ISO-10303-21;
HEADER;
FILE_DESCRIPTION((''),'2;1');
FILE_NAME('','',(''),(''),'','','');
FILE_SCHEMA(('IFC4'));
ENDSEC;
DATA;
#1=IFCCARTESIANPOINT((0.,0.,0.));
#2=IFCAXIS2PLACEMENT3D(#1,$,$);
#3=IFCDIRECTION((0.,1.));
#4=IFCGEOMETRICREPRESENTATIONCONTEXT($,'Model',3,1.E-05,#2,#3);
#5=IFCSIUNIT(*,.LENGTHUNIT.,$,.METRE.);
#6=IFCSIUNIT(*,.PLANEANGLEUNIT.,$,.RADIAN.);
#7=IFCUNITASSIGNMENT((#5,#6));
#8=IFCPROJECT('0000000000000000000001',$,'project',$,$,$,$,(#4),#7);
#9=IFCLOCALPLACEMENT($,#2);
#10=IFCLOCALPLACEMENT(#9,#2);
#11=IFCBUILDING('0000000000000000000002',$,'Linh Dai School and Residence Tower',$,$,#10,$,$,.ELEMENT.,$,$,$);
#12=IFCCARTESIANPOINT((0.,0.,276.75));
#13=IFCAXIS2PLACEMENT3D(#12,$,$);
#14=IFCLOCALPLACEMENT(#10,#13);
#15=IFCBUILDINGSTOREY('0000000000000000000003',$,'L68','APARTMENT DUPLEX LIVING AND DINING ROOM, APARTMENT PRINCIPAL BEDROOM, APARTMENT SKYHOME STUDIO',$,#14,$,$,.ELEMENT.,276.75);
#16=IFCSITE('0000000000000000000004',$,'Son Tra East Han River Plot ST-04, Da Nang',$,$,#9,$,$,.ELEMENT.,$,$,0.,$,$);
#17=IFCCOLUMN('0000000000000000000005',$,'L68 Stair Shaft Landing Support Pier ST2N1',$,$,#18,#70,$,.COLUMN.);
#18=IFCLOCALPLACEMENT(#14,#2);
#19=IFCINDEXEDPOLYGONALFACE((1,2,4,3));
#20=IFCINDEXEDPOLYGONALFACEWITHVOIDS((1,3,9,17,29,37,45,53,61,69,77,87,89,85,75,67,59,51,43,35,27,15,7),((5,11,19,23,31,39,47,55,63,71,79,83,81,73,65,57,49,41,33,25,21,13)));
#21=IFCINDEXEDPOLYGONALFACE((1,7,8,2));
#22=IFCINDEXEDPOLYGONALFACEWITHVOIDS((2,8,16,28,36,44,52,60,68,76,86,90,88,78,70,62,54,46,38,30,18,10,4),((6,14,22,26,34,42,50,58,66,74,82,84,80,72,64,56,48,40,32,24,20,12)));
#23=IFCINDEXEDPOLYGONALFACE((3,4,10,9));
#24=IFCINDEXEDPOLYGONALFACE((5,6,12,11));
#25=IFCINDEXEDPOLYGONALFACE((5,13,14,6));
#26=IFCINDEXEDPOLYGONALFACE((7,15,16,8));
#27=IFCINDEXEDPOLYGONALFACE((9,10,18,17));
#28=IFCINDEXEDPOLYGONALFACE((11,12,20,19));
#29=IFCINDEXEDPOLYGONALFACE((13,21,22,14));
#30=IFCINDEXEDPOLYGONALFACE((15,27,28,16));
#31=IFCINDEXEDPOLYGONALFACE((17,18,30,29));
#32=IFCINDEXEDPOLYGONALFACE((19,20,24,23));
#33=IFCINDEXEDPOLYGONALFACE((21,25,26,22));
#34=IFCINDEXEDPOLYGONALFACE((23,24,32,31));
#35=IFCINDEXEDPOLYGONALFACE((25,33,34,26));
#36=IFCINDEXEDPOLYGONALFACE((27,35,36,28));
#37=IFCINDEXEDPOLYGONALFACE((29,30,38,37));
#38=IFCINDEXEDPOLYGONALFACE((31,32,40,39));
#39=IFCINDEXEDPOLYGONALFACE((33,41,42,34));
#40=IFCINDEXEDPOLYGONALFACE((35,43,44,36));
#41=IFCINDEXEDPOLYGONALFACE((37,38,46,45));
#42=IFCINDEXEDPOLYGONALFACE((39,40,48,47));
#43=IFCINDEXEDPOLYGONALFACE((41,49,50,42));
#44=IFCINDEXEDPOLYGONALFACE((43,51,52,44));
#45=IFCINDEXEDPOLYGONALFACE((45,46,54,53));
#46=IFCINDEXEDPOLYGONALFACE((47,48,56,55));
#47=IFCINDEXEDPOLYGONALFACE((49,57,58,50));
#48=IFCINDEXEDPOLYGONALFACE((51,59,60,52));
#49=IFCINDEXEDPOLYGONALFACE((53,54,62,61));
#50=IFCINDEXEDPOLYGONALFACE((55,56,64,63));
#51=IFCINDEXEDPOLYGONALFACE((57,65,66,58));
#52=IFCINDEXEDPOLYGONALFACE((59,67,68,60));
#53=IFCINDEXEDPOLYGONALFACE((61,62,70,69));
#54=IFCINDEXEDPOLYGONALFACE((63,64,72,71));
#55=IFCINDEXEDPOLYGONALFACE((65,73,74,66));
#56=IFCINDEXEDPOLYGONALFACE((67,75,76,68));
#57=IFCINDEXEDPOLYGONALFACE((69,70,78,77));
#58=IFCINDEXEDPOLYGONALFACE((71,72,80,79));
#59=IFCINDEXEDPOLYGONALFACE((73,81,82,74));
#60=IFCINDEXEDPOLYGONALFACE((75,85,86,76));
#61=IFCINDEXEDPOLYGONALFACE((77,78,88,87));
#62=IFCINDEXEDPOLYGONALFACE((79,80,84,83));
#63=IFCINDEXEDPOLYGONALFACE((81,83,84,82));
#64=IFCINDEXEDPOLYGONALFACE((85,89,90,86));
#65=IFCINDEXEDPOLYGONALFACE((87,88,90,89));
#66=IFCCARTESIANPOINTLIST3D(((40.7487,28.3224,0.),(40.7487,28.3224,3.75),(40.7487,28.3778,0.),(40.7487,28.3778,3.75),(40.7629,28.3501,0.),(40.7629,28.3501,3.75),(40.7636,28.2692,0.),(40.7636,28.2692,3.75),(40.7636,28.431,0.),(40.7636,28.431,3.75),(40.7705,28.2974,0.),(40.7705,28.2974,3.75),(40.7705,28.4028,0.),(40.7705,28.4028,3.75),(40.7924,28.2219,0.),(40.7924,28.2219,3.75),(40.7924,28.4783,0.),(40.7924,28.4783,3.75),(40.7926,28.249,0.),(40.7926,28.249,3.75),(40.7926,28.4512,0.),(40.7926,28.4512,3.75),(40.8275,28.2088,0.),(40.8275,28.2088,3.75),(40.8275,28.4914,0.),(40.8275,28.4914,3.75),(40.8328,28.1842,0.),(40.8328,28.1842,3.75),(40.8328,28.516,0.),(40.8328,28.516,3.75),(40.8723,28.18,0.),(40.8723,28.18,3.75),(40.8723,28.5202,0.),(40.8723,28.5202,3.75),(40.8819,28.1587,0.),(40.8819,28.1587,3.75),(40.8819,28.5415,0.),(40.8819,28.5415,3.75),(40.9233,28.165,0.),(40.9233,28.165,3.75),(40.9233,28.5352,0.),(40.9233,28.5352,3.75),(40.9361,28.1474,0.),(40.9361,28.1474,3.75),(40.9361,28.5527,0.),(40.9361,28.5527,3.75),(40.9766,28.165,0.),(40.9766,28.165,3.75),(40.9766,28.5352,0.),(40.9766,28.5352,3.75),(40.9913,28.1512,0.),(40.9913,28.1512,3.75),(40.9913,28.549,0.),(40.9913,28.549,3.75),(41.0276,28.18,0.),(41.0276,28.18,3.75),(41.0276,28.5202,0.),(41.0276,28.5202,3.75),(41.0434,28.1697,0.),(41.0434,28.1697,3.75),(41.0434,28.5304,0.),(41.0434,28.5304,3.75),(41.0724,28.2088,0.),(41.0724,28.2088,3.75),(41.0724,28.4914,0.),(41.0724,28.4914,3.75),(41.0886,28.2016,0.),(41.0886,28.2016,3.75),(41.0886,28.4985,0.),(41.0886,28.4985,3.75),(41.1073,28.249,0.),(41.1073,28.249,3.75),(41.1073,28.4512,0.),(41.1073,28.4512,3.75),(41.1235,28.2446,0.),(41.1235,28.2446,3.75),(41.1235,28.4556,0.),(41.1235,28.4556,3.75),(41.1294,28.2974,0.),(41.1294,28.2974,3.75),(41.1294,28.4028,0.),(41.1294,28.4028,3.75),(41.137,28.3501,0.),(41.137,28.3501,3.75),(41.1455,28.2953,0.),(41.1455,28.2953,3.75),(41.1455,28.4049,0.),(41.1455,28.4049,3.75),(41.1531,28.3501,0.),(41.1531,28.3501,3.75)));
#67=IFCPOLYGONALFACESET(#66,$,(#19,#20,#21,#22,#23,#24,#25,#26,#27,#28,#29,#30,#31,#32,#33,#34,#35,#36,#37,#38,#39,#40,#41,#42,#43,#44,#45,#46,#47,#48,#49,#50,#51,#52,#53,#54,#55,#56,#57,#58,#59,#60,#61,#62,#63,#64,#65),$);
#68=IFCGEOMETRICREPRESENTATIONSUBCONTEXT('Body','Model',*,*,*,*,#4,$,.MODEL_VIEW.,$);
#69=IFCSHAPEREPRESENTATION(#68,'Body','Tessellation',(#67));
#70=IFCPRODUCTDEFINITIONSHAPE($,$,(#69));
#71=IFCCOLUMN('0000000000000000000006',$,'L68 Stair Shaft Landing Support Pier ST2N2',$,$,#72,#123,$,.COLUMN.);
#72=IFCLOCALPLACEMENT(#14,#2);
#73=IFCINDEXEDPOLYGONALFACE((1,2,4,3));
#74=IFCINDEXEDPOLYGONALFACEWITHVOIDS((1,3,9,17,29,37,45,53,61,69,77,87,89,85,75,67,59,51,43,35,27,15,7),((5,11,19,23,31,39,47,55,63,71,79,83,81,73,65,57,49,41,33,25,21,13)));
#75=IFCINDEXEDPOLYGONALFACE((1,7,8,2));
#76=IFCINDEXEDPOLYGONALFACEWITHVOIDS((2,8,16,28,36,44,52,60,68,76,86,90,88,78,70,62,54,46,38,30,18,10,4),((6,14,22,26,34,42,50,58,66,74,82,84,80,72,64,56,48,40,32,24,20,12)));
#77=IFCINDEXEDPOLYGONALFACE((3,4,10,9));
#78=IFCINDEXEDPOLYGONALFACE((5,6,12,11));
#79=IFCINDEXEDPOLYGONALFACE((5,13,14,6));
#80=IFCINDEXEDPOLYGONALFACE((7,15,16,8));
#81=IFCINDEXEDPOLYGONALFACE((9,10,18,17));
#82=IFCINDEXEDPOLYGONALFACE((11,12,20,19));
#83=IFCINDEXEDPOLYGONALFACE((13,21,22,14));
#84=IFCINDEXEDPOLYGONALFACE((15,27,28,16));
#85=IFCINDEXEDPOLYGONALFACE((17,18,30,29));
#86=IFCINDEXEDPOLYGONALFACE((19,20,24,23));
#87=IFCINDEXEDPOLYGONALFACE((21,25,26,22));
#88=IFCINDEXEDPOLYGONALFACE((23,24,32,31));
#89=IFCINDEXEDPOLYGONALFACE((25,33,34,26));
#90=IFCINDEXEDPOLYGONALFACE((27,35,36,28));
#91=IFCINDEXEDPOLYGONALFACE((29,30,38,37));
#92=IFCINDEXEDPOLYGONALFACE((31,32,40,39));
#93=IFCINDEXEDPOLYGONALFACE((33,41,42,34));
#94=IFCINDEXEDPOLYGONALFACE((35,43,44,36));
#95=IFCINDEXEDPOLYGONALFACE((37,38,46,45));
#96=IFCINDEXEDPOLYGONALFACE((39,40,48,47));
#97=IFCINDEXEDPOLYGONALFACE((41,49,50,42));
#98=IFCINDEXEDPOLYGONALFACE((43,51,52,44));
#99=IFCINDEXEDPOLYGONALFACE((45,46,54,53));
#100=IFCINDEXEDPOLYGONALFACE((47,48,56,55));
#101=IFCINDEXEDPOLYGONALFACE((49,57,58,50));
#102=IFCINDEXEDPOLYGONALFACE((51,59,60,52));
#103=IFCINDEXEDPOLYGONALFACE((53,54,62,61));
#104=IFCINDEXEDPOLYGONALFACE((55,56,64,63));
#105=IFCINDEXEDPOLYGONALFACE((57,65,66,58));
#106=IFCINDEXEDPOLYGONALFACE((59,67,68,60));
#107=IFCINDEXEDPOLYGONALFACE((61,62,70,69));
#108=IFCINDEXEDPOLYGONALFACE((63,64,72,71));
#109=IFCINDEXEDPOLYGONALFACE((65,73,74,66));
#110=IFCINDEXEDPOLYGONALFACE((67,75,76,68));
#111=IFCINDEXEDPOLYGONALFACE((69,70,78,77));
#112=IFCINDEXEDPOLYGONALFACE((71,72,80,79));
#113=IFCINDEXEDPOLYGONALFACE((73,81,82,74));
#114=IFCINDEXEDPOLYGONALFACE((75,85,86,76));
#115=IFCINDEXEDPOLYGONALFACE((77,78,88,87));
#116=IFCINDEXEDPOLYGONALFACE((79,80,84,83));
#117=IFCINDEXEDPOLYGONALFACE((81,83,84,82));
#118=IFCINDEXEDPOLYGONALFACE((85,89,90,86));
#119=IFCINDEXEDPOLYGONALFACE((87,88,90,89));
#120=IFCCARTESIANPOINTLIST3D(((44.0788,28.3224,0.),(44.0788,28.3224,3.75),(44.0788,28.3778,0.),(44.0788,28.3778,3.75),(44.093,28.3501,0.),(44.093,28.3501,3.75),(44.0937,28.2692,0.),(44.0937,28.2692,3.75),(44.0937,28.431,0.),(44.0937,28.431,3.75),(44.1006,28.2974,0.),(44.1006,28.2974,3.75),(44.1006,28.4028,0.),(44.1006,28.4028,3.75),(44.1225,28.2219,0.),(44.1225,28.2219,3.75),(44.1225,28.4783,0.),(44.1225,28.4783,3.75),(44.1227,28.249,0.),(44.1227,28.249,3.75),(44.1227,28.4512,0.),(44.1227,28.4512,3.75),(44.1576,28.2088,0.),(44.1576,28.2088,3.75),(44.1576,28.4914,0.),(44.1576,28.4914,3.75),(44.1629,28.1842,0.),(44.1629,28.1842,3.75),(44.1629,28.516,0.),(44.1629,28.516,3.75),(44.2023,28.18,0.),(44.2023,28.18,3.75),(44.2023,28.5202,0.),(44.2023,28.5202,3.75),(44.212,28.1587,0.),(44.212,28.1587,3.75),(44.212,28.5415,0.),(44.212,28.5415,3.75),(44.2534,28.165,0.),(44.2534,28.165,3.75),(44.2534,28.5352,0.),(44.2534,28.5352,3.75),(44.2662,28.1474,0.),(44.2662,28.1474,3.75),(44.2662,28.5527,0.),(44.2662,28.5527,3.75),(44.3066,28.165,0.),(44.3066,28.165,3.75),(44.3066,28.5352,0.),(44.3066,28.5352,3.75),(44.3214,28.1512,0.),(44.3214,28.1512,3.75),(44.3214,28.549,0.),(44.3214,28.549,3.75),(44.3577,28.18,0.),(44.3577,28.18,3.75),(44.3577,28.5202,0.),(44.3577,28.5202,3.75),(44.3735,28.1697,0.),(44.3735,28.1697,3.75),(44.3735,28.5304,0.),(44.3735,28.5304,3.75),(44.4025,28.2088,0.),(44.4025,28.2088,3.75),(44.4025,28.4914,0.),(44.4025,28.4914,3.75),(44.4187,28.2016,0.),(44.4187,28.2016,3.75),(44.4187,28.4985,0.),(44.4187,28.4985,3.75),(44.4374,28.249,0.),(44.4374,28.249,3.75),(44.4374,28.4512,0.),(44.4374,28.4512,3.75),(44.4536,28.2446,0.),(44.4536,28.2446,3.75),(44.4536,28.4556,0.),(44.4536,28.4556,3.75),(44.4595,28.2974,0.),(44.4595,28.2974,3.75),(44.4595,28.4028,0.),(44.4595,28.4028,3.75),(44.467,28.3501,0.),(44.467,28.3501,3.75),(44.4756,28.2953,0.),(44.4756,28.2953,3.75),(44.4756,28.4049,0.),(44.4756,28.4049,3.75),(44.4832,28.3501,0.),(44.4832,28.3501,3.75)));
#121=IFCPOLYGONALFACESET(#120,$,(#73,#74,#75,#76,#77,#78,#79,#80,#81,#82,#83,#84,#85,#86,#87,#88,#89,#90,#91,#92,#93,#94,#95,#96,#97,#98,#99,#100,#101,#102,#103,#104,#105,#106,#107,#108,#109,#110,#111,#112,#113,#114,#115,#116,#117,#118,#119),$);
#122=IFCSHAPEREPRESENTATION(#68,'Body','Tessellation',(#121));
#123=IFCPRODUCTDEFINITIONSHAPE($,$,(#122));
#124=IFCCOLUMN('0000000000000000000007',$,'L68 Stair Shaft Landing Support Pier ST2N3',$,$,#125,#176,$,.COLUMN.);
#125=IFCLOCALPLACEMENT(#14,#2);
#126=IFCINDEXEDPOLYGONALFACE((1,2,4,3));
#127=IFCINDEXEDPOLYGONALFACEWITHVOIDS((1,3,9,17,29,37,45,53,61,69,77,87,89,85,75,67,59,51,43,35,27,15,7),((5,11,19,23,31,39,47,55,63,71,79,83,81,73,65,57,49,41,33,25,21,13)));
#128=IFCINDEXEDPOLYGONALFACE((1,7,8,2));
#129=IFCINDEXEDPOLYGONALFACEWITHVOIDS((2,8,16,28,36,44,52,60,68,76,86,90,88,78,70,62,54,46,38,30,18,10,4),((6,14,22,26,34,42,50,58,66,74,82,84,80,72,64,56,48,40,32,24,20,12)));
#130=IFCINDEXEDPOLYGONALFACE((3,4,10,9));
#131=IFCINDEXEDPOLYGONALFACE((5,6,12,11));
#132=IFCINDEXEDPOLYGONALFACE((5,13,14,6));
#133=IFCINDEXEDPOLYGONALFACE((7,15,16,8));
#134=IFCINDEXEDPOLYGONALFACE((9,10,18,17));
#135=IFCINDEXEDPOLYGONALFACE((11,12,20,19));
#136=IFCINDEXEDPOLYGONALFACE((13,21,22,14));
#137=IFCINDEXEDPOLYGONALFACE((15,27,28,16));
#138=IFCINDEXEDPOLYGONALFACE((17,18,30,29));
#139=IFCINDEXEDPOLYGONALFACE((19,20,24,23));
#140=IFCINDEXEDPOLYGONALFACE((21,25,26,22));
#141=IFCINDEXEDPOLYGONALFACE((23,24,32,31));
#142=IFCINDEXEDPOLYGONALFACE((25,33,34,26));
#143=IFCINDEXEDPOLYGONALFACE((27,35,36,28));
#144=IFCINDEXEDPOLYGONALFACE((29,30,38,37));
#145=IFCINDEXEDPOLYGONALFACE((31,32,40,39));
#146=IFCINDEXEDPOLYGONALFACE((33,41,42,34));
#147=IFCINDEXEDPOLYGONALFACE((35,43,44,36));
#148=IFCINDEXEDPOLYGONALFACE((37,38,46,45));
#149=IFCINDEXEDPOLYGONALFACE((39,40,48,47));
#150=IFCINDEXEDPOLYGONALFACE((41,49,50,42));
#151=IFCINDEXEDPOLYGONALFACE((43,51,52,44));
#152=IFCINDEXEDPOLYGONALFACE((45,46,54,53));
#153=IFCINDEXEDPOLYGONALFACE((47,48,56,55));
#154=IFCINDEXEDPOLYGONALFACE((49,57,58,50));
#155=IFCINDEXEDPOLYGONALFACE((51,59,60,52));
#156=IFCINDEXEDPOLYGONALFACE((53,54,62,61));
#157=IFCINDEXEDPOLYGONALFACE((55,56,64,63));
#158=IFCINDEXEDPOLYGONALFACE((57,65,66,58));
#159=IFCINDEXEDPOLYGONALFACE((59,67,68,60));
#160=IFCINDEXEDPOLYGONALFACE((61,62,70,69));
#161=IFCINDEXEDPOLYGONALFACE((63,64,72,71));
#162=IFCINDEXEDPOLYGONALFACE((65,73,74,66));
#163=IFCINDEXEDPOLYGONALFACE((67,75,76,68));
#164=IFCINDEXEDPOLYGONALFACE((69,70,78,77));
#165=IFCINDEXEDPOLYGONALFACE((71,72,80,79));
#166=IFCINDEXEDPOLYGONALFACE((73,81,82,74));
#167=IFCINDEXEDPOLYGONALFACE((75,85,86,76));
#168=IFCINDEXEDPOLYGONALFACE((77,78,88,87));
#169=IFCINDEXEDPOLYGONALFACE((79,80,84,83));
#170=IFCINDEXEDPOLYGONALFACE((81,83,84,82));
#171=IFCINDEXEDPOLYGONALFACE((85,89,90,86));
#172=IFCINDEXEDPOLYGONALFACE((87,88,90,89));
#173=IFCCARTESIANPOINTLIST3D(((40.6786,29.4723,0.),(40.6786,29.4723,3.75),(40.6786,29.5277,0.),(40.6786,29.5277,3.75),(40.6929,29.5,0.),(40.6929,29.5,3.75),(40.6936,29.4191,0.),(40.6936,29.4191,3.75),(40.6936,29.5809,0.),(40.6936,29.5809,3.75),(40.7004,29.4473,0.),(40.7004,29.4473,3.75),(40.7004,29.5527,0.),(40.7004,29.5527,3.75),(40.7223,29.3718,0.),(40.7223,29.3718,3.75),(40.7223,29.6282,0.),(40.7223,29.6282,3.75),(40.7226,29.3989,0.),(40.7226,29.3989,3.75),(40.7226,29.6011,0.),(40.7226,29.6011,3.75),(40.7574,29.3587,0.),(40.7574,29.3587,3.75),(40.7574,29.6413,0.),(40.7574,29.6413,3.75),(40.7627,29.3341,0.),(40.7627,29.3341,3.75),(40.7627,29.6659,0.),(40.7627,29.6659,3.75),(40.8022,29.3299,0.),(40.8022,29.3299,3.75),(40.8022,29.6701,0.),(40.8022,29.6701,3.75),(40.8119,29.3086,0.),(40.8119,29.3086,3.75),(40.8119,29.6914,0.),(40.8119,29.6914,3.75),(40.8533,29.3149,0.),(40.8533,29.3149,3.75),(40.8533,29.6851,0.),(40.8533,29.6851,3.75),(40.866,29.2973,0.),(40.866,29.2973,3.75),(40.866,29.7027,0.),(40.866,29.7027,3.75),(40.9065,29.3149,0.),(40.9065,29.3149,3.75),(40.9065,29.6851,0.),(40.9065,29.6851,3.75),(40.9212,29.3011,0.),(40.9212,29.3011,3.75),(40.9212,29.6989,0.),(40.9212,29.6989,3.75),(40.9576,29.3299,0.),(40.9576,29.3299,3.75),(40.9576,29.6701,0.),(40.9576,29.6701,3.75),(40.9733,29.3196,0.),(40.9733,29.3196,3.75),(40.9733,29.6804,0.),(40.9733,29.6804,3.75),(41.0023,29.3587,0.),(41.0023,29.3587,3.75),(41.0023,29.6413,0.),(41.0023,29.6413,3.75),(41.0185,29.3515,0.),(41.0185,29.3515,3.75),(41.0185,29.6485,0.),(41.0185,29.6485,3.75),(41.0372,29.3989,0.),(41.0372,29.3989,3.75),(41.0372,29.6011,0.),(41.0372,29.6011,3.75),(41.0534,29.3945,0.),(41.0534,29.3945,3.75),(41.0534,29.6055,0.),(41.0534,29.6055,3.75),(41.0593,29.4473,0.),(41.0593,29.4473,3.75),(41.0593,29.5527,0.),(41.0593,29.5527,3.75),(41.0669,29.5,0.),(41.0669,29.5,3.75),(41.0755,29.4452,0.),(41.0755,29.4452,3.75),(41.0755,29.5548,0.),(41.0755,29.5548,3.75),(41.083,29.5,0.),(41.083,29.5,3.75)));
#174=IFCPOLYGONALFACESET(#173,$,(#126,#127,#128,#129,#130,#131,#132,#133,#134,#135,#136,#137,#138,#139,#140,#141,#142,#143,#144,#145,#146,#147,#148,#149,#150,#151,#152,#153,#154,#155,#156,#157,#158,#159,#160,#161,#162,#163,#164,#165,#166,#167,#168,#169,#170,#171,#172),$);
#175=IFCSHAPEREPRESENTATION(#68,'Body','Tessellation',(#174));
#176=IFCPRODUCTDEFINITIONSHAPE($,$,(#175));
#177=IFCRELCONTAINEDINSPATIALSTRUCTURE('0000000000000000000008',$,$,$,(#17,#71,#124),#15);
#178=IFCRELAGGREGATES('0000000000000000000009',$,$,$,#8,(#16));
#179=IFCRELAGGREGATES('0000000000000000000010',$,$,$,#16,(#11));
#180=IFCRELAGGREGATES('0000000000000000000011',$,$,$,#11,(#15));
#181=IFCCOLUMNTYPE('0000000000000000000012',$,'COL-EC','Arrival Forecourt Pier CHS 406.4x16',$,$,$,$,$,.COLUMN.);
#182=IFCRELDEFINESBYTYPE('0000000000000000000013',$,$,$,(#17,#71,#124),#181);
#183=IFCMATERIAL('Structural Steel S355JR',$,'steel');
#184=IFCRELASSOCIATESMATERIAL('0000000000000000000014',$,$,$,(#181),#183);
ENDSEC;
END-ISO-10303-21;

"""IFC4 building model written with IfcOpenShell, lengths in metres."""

from ifc_helpers import new_model, si_unit, direction, frame, origin, origin_2d, place, context, subcontext, project, spatial, hollow_circle, extrude, material, material_profile, profile_set, type_object, element, save


model = new_model("IFC4")

# Units and contexts
model_context = context("Model", 3, precision=1e-05, world=origin(), true_north=direction((0.0, 1.0)))
body_context = subcontext(model_context, "Body", "Model", "MODEL_VIEW")
ifc_project = project(units=[si_unit("LENGTHUNIT", "METRE"), si_unit("PLANEANGLEUNIT", "RADIAN")], contexts=[model_context])

# Site, building, storey
site_placement = place(None, origin())
site = spatial("IfcSite", under=ifc_project, at=site_placement, Name="Son Tra East Han River Plot ST-04, Da Nang", CompositionType="ELEMENT", RefElevation=0.0)
building_placement = place(site_placement, origin())
building = spatial("IfcBuilding", under=site, at=building_placement, Name="Linh Dai School and Residence Tower", CompositionType="ELEMENT")
storey_placement = place(building_placement, frame((0.0, 0.0, 276.75)))
storey = spatial("IfcBuildingStorey", under=building, at=storey_placement, Name="L68", Description="APARTMENT DUPLEX LIVING AND DINING ROOM, APARTMENT PRINCIPAL BEDROOM, APARTMENT SKYHOME STUDIO", CompositionType="ELEMENT", Elevation=276.75)

# Columns
ifc_material_1 = material(Name="Structural Steel S355JR", Category="steel")
ifc_material_profile_1 = material_profile(ifc_material_1, hollow_circle(Radius=0.2031, WallThickness=0.0161, at=origin_2d()), Name="CHS 406.4x16")
ifc_profile_set_1 = profile_set([ifc_material_profile_1], Name="Structural Steel S355JR")
column_type_1 = type_object("IfcColumnType", Name="COL-EC", Description="Arrival Forecourt Pier CHS 406.4x16", PredefinedType="COLUMN", material=ifc_profile_set_1)
for number, where, z_axis, x_axis, name in (
    (1, (40.95, 28.3501, 0.0), (0.0, 0.0, 1.0), (1.0, 0.0, 0.0), "L68 Stair Shaft Landing Support Pier ST2N1"),
    (2, (44.28, 28.3501, 0.0), (0.0, 0.0, 1.0), (1.0, 0.0, 0.0), "L68 Stair Shaft Landing Support Pier ST2N2"),
    (3, (40.8799, 29.5, 0.0), (0.0, 0.0, 1.0), (1.0, 0.0, 0.0), "L68 Stair Shaft Landing Support Pier ST2N3"),
):
    element("IfcColumn", number, at=place(storey_placement, frame(where, z_axis=z_axis, x_axis=x_axis)), inside=storey, type_object=column_type_1, Name=name, PredefinedType="COLUMN", context=body_context, shape_type="SweptSolid", body=[
        extrude(hollow_circle(Radius=0.2031, WallThickness=0.0161, at=origin_2d()), origin(), (0.0, 0.0, 1.0), 3.75),
    ])

save(model, "model.ifc")
